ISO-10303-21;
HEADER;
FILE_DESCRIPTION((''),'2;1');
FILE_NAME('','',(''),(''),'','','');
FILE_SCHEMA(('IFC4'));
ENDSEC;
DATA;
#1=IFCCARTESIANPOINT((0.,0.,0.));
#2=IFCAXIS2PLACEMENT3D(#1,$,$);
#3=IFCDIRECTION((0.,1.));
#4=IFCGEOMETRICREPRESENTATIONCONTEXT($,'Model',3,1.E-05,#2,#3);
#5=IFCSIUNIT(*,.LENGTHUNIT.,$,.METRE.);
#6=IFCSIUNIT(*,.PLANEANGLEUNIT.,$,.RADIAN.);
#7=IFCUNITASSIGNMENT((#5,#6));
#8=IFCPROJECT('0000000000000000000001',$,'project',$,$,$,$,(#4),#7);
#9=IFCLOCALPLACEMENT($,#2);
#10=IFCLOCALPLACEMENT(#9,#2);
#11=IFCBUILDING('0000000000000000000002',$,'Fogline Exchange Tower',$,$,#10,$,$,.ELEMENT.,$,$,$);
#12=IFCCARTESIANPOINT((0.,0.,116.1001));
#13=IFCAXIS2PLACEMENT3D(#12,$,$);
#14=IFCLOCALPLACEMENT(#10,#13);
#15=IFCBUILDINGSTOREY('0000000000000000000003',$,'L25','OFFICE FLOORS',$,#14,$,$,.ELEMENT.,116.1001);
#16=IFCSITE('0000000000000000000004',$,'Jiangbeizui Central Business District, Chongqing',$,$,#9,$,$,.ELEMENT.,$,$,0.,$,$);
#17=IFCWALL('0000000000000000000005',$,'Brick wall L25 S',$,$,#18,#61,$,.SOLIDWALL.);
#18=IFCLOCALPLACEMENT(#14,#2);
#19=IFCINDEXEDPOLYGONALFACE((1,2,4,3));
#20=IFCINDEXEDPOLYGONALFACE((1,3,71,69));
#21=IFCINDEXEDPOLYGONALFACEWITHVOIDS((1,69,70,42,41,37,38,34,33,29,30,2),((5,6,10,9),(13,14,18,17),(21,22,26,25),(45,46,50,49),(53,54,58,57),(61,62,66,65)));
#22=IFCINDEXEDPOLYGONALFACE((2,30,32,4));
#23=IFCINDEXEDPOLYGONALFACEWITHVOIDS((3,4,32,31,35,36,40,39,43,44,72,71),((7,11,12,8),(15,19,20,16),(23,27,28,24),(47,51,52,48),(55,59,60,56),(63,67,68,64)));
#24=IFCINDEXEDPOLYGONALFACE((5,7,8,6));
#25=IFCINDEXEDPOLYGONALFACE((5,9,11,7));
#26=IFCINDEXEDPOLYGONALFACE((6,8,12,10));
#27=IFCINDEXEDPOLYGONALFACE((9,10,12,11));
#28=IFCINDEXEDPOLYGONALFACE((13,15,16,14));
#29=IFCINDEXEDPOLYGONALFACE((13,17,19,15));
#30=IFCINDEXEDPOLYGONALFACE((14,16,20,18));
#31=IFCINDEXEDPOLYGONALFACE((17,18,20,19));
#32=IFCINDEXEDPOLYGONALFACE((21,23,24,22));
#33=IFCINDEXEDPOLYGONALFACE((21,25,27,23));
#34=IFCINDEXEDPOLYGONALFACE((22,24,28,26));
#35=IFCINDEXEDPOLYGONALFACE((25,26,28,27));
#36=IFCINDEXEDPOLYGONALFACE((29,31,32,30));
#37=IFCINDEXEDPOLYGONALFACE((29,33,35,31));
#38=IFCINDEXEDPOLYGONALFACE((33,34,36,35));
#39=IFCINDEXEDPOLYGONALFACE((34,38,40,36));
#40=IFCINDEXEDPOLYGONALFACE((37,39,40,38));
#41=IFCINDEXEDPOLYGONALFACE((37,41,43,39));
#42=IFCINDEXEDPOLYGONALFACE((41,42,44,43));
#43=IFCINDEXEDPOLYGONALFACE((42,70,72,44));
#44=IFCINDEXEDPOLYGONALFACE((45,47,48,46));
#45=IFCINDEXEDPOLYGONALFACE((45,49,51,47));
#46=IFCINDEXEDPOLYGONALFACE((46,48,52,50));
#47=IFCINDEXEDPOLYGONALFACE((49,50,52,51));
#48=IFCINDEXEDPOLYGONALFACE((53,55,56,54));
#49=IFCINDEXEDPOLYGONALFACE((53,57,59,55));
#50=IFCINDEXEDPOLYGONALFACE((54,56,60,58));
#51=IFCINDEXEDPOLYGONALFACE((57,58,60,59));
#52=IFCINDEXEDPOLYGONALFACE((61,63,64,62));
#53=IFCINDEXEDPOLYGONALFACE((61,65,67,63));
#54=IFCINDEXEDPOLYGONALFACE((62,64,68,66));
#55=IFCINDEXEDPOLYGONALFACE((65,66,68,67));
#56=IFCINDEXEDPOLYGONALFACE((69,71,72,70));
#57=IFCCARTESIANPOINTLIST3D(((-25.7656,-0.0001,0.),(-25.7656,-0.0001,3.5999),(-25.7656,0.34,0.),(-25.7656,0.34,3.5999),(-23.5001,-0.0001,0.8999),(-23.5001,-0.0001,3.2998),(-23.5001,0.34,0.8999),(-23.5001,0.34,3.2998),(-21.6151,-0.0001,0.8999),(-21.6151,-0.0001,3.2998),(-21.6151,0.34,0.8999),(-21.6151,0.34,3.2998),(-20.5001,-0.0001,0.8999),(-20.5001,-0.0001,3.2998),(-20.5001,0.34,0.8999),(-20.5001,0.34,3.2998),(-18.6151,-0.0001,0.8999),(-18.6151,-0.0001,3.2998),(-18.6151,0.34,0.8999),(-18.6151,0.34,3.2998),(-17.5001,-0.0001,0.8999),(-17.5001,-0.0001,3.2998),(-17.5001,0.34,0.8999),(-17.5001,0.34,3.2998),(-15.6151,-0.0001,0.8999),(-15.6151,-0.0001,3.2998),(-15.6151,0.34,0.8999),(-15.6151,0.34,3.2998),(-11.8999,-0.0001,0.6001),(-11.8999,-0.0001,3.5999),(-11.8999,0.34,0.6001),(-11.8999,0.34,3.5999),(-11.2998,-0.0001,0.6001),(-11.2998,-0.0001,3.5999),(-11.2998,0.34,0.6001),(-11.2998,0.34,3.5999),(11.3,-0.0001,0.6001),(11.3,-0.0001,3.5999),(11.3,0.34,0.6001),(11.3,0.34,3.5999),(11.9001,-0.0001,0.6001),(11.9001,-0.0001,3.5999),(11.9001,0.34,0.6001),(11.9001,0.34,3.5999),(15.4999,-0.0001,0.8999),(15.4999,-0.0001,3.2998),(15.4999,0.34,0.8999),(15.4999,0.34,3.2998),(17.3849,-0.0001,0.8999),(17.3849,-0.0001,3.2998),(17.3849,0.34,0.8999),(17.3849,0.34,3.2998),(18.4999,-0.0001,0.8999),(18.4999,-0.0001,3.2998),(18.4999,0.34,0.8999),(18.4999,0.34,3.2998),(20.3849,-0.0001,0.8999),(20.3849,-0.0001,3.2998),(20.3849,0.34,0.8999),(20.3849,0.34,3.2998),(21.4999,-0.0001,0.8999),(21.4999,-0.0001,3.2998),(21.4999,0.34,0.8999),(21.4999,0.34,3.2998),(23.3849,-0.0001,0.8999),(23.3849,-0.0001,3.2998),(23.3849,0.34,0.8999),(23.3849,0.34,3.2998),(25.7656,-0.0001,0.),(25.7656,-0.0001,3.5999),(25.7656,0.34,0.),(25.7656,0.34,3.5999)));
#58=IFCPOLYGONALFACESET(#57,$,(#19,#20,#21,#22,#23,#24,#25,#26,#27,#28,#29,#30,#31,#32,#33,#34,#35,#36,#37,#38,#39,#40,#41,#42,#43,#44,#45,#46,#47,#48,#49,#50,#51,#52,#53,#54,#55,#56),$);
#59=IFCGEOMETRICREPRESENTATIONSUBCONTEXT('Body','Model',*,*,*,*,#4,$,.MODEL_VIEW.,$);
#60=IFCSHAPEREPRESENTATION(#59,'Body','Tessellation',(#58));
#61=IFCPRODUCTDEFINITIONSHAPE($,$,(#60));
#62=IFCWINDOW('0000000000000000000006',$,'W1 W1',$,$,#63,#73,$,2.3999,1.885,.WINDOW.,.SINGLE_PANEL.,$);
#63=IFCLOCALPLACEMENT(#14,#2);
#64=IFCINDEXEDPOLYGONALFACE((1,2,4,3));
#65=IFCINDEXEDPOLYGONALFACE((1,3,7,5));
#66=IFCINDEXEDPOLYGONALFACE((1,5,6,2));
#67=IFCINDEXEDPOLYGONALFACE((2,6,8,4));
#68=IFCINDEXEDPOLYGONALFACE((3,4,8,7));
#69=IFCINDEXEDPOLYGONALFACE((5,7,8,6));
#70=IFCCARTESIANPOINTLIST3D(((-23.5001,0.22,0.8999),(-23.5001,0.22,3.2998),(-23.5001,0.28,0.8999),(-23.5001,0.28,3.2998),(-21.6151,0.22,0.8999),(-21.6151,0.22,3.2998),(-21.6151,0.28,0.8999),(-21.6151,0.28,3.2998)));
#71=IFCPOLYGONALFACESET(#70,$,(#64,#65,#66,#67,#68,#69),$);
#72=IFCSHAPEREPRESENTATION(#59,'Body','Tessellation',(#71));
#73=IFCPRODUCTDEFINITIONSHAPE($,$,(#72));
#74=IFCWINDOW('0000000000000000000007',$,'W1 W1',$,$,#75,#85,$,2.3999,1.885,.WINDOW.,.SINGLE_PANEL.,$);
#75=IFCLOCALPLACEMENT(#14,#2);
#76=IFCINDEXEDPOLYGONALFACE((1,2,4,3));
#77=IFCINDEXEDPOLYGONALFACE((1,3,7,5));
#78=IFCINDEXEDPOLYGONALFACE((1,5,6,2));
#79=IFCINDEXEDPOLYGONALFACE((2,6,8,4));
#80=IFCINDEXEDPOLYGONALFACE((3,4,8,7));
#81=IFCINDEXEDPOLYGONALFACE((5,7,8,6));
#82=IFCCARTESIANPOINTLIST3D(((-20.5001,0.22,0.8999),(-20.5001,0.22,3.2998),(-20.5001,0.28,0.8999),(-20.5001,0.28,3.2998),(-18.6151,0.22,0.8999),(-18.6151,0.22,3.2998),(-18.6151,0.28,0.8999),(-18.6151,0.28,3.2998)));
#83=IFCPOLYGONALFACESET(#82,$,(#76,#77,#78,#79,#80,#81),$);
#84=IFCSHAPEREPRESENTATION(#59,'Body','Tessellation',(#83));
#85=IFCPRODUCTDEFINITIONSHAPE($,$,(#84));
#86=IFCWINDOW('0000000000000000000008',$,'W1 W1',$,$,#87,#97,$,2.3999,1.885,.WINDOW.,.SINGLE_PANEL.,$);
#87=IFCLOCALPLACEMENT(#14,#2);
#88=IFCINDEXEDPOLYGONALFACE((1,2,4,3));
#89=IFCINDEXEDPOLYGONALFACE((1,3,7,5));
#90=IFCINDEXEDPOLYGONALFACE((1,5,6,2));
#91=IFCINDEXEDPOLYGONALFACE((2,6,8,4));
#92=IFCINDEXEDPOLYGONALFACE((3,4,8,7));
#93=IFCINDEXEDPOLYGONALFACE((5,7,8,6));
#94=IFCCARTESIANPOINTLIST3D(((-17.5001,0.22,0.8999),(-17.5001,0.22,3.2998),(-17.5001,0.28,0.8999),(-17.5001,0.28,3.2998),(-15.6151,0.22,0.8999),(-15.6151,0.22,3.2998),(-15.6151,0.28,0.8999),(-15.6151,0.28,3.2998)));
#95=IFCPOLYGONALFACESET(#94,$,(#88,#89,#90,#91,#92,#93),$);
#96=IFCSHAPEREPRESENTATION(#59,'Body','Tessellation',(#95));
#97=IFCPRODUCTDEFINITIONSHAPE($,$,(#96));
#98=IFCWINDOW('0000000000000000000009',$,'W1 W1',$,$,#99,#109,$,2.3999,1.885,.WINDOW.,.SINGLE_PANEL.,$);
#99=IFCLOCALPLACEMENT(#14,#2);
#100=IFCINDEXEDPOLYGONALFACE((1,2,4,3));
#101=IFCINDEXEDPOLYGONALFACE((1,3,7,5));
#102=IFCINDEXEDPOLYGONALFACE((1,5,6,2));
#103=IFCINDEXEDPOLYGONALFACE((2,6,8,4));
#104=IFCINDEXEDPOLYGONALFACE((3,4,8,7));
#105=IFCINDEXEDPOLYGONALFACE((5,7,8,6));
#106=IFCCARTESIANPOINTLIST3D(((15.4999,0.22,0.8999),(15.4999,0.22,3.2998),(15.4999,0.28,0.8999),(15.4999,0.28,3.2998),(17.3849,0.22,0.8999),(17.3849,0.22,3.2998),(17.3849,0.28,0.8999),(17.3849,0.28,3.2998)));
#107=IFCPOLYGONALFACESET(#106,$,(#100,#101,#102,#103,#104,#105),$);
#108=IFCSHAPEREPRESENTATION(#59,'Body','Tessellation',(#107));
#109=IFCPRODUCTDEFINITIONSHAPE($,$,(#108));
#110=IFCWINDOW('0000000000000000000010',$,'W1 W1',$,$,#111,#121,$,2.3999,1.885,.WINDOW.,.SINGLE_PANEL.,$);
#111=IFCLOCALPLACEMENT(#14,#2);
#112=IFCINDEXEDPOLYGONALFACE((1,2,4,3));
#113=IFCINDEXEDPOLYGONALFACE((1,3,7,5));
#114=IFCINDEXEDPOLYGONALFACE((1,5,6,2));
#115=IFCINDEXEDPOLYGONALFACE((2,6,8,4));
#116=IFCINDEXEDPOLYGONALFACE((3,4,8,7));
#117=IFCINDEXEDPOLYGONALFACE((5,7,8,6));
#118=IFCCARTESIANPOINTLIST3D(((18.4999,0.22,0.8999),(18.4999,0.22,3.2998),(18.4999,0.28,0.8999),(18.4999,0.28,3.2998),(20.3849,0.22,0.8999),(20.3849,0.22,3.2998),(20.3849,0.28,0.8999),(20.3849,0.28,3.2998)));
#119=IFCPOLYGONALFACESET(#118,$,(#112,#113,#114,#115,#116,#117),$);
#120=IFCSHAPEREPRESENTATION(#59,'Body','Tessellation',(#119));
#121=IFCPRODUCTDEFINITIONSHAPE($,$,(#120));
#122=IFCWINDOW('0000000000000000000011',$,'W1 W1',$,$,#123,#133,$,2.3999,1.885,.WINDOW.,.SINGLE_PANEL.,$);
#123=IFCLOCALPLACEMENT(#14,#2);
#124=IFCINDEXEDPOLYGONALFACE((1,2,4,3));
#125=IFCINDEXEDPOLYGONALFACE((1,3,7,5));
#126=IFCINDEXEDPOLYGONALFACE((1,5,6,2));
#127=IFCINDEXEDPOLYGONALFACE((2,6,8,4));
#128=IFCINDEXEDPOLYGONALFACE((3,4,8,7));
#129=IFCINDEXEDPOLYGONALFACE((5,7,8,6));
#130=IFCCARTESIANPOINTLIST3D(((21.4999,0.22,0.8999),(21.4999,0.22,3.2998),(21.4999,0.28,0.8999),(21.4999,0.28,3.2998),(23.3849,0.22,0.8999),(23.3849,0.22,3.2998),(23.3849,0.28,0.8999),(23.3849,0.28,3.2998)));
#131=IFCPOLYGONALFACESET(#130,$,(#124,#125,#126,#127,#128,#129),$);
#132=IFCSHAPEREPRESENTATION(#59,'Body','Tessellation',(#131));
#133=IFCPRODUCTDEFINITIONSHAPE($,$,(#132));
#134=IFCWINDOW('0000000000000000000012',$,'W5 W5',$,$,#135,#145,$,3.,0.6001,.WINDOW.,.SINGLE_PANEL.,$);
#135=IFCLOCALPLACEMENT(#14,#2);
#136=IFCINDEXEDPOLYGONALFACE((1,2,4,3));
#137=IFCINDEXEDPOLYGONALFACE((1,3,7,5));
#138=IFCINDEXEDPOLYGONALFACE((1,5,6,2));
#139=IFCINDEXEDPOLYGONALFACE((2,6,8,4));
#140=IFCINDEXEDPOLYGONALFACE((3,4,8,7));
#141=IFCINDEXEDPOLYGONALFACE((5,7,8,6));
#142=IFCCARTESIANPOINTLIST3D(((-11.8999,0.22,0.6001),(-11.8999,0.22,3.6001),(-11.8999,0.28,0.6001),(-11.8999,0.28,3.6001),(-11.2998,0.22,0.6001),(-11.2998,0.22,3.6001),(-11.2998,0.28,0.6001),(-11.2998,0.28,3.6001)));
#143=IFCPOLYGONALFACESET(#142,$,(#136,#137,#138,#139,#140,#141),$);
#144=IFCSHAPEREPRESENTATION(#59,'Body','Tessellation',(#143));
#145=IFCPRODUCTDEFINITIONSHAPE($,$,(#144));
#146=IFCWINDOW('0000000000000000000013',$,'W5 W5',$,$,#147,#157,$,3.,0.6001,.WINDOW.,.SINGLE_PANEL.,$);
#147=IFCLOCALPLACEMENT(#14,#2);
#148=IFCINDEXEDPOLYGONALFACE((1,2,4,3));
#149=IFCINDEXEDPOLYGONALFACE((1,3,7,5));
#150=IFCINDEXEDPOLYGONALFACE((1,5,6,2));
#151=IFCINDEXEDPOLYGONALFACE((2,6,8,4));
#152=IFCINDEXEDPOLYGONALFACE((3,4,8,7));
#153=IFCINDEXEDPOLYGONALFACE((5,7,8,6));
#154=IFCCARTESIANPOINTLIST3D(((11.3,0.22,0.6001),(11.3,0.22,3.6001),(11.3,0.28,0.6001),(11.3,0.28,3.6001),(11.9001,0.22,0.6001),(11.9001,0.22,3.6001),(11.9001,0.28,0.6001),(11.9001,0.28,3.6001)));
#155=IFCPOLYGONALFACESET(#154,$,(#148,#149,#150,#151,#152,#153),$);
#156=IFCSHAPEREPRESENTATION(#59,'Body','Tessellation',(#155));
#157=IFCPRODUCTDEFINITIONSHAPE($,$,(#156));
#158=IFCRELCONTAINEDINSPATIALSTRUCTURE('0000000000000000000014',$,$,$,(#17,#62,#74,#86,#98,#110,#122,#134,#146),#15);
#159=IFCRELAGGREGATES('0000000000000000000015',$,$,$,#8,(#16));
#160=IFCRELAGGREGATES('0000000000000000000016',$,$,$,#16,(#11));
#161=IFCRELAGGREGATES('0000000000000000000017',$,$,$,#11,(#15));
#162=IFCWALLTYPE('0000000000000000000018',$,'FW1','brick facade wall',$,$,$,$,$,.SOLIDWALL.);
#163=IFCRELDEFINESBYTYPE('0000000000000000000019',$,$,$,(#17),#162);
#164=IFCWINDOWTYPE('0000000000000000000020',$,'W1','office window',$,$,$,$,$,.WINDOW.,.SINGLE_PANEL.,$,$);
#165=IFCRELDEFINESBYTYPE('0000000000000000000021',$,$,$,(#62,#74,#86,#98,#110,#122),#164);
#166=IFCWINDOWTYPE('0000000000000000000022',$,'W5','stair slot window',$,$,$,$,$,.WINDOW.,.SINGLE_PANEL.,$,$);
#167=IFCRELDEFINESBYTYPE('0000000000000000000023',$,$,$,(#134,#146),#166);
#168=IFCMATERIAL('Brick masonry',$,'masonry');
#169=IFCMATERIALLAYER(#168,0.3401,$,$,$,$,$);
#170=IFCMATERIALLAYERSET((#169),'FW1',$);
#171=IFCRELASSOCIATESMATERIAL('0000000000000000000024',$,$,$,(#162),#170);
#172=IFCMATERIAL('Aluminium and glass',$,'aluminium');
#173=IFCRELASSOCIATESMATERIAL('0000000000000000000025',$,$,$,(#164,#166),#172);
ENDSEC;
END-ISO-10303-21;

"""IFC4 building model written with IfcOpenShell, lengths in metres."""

from ifc_helpers import new_model, si_unit, direction, frame, frame_2d, origin, place, context, subcontext, project, spatial, rectangle, extrude, material, layer, layer_set, type_object, element, fill, save


model = new_model("IFC4")

# Units and contexts
model_context = context("Model", 3, precision=1e-05, world=origin(), true_north=direction((0.0, 1.0)))
body_context = subcontext(model_context, "Body", "Model", "MODEL_VIEW")
ifc_project = project(units=[si_unit("LENGTHUNIT", "METRE"), si_unit("PLANEANGLEUNIT", "RADIAN")], contexts=[model_context])

# Site, building, storey
site_placement = place(None, origin())
site = spatial("IfcSite", under=ifc_project, at=site_placement, Name="Jiangbeizui Central Business District, Chongqing", CompositionType="ELEMENT", RefElevation=0.0)
building_placement = place(site_placement, origin())
building = spatial("IfcBuilding", under=site, at=building_placement, Name="Fogline Exchange Tower", CompositionType="ELEMENT")
storey_placement = place(building_placement, frame((0.0, 0.0, 116.1001)))
storey = spatial("IfcBuildingStorey", under=building, at=storey_placement, Name="L25", Description="OFFICE FLOORS", CompositionType="ELEMENT", Elevation=116.1001)

# Shared definitions
ifc_material_1 = material(Name="Brick masonry", Category="masonry")
ifc_layer_1 = layer(ifc_material_1, 0.3401)
ifc_layer_set_1 = layer_set([ifc_layer_1], Name="FW1")
wall_type_1 = type_object("IfcWallType", Name="FW1", Description="brick facade wall", PredefinedType="SOLIDWALL", material=ifc_layer_set_1)
ifc_material_2 = material(Name="Aluminium and glass", Category="aluminium")

# Wall, openings, windows
wall_1_placement = place(storey_placement, frame((-25.7656, 0.1699, 0.0), z_axis=(0.0, 0.0, 1.0), x_axis=(1.0, 0.0, 0.0)))
wall_1 = element("IfcWall", 1, at=wall_1_placement, inside=storey, type_object=wall_type_1, Name="Brick wall L25 S", PredefinedType="SOLIDWALL", context=body_context, shape_type="SweptSolid", body=[
    extrude(rectangle(XDim=51.5312, YDim=0.3401, at=frame_2d((25.7656, 0.0))), origin(), (0.0, 0.0, 1.0), 3.5999),
])
opening_1_placement = place(wall_1_placement, frame((2.2656, 0.0, 0.8999)))
opening_1 = element("IfcOpeningElement", 2, at=opening_1_placement, cuts=wall_1, PredefinedType="OPENING", context=body_context, shape_type="SweptSolid", body=[
    extrude(rectangle(XDim=1.885, YDim=2.3999, at=frame_2d((0.9424, 1.2))), frame((0.0, 0.1802, 0.0), z_axis=(0.0, -1.0, 0.0), x_axis=(1.0, 0.0, 0.0)), (0.0, 0.0, 1.0), 0.3601),
])
opening_2_placement = place(wall_1_placement, frame((5.2656, 0.0, 0.8999)))
opening_2 = element("IfcOpeningElement", 3, at=opening_2_placement, cuts=wall_1, PredefinedType="OPENING", context=body_context, shape_type="SweptSolid", body=[
    extrude(rectangle(XDim=1.885, YDim=2.3999, at=frame_2d((0.9424, 1.2))), frame((0.0, 0.1802, 0.0), z_axis=(0.0, -1.0, 0.0), x_axis=(1.0, 0.0, 0.0)), (0.0, 0.0, 1.0), 0.3601),
])
opening_3_placement = place(wall_1_placement, frame((8.2656, 0.0, 0.8999)))
opening_3 = element("IfcOpeningElement", 4, at=opening_3_placement, cuts=wall_1, PredefinedType="OPENING", context=body_context, shape_type="SweptSolid", body=[
    extrude(rectangle(XDim=1.885, YDim=2.3999, at=frame_2d((0.9424, 1.2))), frame((0.0, 0.1802, 0.0), z_axis=(0.0, -1.0, 0.0), x_axis=(1.0, 0.0, 0.0)), (0.0, 0.0, 1.0), 0.3601),
])
opening_4_placement = place(wall_1_placement, frame((41.2656, 0.0, 0.8999)))
opening_4 = element("IfcOpeningElement", 5, at=opening_4_placement, cuts=wall_1, PredefinedType="OPENING", context=body_context, shape_type="SweptSolid", body=[
    extrude(rectangle(XDim=1.885, YDim=2.3999, at=frame_2d((0.9424, 1.2))), frame((0.0, 0.1802, 0.0), z_axis=(0.0, -1.0, 0.0), x_axis=(1.0, 0.0, 0.0)), (0.0, 0.0, 1.0), 0.3601),
])
opening_5_placement = place(wall_1_placement, frame((44.2656, 0.0, 0.8999)))
opening_5 = element("IfcOpeningElement", 6, at=opening_5_placement, cuts=wall_1, PredefinedType="OPENING", context=body_context, shape_type="SweptSolid", body=[
    extrude(rectangle(XDim=1.885, YDim=2.3999, at=frame_2d((0.9424, 1.2))), frame((0.0, 0.1802, 0.0), z_axis=(0.0, -1.0, 0.0), x_axis=(1.0, 0.0, 0.0)), (0.0, 0.0, 1.0), 0.3601),
])
opening_6_placement = place(wall_1_placement, frame((47.2656, 0.0, 0.8999)))
opening_6 = element("IfcOpeningElement", 7, at=opening_6_placement, cuts=wall_1, PredefinedType="OPENING", context=body_context, shape_type="SweptSolid", body=[
    extrude(rectangle(XDim=1.885, YDim=2.3999, at=frame_2d((0.9424, 1.2))), frame((0.0, 0.1802, 0.0), z_axis=(0.0, -1.0, 0.0), x_axis=(1.0, 0.0, 0.0)), (0.0, 0.0, 1.0), 0.3601),
])
opening_7_placement = place(wall_1_placement, frame((13.8657, 0.0, 0.6001)))
opening_7 = element("IfcOpeningElement", 8, at=opening_7_placement, cuts=wall_1, PredefinedType="OPENING", context=body_context, shape_type="SweptSolid", body=[
    extrude(rectangle(XDim=0.6001, YDim=3.0, at=frame_2d((0.3, 1.5))), frame((0.0, 0.1802, 0.0), z_axis=(0.0, -1.0, 0.0), x_axis=(1.0, 0.0, 0.0)), (0.0, 0.0, 1.0), 0.3601),
])
opening_8_placement = place(wall_1_placement, frame((37.0657, 0.0, 0.6001)))
opening_8 = element("IfcOpeningElement", 9, at=opening_8_placement, cuts=wall_1, PredefinedType="OPENING", context=body_context, shape_type="SweptSolid", body=[
    extrude(rectangle(XDim=0.6001, YDim=3.0, at=frame_2d((0.3, 1.5))), frame((0.0, 0.1802, 0.0), z_axis=(0.0, -1.0, 0.0), x_axis=(1.0, 0.0, 0.0)), (0.0, 0.0, 1.0), 0.3601),
])
window_type_1 = type_object("IfcWindowType", Name="W1", Description="office window", PartitioningType="SINGLE_PANEL", PredefinedType="WINDOW", material=ifc_material_2)
window_1_placement = place(opening_1_placement, origin())
window_1 = element("IfcWindow", 10, at=window_1_placement, inside=storey, type_object=window_type_1, Name="W1 W1", OverallHeight=2.3999, OverallWidth=1.885, PartitioningType="SINGLE_PANEL", PredefinedType="WINDOW", context=body_context, shape_type="SweptSolid", body=[
    extrude(rectangle(XDim=1.885, YDim=2.3999, at=frame_2d((0.9424, 1.2))), frame((0.0, 0.1101, 0.0), z_axis=(0.0, -1.0, 0.0), x_axis=(1.0, 0.0, 0.0)), (0.0, 0.0, 1.0), 0.0601),
])
fill(opening_1, window_1)
window_2_placement = place(opening_2_placement, origin())
window_2 = element("IfcWindow", 11, at=window_2_placement, inside=storey, type_object=window_type_1, Name="W1 W1", OverallHeight=2.3999, OverallWidth=1.885, PartitioningType="SINGLE_PANEL", PredefinedType="WINDOW", context=body_context, shape_type="SweptSolid", body=[
    extrude(rectangle(XDim=1.885, YDim=2.3999, at=frame_2d((0.9424, 1.2))), frame((0.0, 0.1101, 0.0), z_axis=(0.0, -1.0, 0.0), x_axis=(1.0, 0.0, 0.0)), (0.0, 0.0, 1.0), 0.0601),
])
fill(opening_2, window_2)
window_3_placement = place(opening_3_placement, origin())
window_3 = element("IfcWindow", 12, at=window_3_placement, inside=storey, type_object=window_type_1, Name="W1 W1", OverallHeight=2.3999, OverallWidth=1.885, PartitioningType="SINGLE_PANEL", PredefinedType="WINDOW", context=body_context, shape_type="SweptSolid", body=[
    extrude(rectangle(XDim=1.885, YDim=2.3999, at=frame_2d((0.9424, 1.2))), frame((0.0, 0.1101, 0.0), z_axis=(0.0, -1.0, 0.0), x_axis=(1.0, 0.0, 0.0)), (0.0, 0.0, 1.0), 0.0601),
])
fill(opening_3, window_3)
window_4_placement = place(opening_4_placement, origin())
window_4 = element("IfcWindow", 13, at=window_4_placement, inside=storey, type_object=window_type_1, Name="W1 W1", OverallHeight=2.3999, OverallWidth=1.885, PartitioningType="SINGLE_PANEL", PredefinedType="WINDOW", context=body_context, shape_type="SweptSolid", body=[
    extrude(rectangle(XDim=1.885, YDim=2.3999, at=frame_2d((0.9424, 1.2))), frame((0.0, 0.1101, 0.0), z_axis=(0.0, -1.0, 0.0), x_axis=(1.0, 0.0, 0.0)), (0.0, 0.0, 1.0), 0.0601),
])
fill(opening_4, window_4)
window_5_placement = place(opening_5_placement, origin())
window_5 = element("IfcWindow", 14, at=window_5_placement, inside=storey, type_object=window_type_1, Name="W1 W1", OverallHeight=2.3999, OverallWidth=1.885, PartitioningType="SINGLE_PANEL", PredefinedType="WINDOW", context=body_context, shape_type="SweptSolid", body=[
    extrude(rectangle(XDim=1.885, YDim=2.3999, at=frame_2d((0.9424, 1.2))), frame((0.0, 0.1101, 0.0), z_axis=(0.0, -1.0, 0.0), x_axis=(1.0, 0.0, 0.0)), (0.0, 0.0, 1.0), 0.0601),
])
fill(opening_5, window_5)
window_6_placement = place(opening_6_placement, origin())
window_6 = element("IfcWindow", 15, at=window_6_placement, inside=storey, type_object=window_type_1, Name="W1 W1", OverallHeight=2.3999, OverallWidth=1.885, PartitioningType="SINGLE_PANEL", PredefinedType="WINDOW", context=body_context, shape_type="SweptSolid", body=[
    extrude(rectangle(XDim=1.885, YDim=2.3999, at=frame_2d((0.9424, 1.2))), frame((0.0, 0.1101, 0.0), z_axis=(0.0, -1.0, 0.0), x_axis=(1.0, 0.0, 0.0)), (0.0, 0.0, 1.0), 0.0601),
])
fill(opening_6, window_6)
window_type_2 = type_object("IfcWindowType", Name="W5", Description="stair slot window", PartitioningType="SINGLE_PANEL", PredefinedType="WINDOW", material=ifc_material_2)
window_7_placement = place(opening_7_placement, origin())
window_7 = element("IfcWindow", 16, at=window_7_placement, inside=storey, type_object=window_type_2, Name="W5 W5", OverallHeight=3.0, OverallWidth=0.6001, PartitioningType="SINGLE_PANEL", PredefinedType="WINDOW", context=body_context, shape_type="SweptSolid", body=[
    extrude(rectangle(XDim=0.6001, YDim=3.0, at=frame_2d((0.3, 1.5))), frame((0.0, 0.1101, 0.0), z_axis=(0.0, -1.0, 0.0), x_axis=(1.0, 0.0, 0.0)), (0.0, 0.0, 1.0), 0.0601),
])
fill(opening_7, window_7)
window_8_placement = place(opening_8_placement, origin())
window_8 = element("IfcWindow", 17, at=window_8_placement, inside=storey, type_object=window_type_2, Name="W5 W5", OverallHeight=3.0, OverallWidth=0.6001, PartitioningType="SINGLE_PANEL", PredefinedType="WINDOW", context=body_context, shape_type="SweptSolid", body=[
    extrude(rectangle(XDim=0.6001, YDim=3.0, at=frame_2d((0.3, 1.5))), frame((0.0, 0.1101, 0.0), z_axis=(0.0, -1.0, 0.0), x_axis=(1.0, 0.0, 0.0)), (0.0, 0.0, 1.0), 0.0601),
])
fill(opening_8, window_8)

save(model, "model.ifc")
